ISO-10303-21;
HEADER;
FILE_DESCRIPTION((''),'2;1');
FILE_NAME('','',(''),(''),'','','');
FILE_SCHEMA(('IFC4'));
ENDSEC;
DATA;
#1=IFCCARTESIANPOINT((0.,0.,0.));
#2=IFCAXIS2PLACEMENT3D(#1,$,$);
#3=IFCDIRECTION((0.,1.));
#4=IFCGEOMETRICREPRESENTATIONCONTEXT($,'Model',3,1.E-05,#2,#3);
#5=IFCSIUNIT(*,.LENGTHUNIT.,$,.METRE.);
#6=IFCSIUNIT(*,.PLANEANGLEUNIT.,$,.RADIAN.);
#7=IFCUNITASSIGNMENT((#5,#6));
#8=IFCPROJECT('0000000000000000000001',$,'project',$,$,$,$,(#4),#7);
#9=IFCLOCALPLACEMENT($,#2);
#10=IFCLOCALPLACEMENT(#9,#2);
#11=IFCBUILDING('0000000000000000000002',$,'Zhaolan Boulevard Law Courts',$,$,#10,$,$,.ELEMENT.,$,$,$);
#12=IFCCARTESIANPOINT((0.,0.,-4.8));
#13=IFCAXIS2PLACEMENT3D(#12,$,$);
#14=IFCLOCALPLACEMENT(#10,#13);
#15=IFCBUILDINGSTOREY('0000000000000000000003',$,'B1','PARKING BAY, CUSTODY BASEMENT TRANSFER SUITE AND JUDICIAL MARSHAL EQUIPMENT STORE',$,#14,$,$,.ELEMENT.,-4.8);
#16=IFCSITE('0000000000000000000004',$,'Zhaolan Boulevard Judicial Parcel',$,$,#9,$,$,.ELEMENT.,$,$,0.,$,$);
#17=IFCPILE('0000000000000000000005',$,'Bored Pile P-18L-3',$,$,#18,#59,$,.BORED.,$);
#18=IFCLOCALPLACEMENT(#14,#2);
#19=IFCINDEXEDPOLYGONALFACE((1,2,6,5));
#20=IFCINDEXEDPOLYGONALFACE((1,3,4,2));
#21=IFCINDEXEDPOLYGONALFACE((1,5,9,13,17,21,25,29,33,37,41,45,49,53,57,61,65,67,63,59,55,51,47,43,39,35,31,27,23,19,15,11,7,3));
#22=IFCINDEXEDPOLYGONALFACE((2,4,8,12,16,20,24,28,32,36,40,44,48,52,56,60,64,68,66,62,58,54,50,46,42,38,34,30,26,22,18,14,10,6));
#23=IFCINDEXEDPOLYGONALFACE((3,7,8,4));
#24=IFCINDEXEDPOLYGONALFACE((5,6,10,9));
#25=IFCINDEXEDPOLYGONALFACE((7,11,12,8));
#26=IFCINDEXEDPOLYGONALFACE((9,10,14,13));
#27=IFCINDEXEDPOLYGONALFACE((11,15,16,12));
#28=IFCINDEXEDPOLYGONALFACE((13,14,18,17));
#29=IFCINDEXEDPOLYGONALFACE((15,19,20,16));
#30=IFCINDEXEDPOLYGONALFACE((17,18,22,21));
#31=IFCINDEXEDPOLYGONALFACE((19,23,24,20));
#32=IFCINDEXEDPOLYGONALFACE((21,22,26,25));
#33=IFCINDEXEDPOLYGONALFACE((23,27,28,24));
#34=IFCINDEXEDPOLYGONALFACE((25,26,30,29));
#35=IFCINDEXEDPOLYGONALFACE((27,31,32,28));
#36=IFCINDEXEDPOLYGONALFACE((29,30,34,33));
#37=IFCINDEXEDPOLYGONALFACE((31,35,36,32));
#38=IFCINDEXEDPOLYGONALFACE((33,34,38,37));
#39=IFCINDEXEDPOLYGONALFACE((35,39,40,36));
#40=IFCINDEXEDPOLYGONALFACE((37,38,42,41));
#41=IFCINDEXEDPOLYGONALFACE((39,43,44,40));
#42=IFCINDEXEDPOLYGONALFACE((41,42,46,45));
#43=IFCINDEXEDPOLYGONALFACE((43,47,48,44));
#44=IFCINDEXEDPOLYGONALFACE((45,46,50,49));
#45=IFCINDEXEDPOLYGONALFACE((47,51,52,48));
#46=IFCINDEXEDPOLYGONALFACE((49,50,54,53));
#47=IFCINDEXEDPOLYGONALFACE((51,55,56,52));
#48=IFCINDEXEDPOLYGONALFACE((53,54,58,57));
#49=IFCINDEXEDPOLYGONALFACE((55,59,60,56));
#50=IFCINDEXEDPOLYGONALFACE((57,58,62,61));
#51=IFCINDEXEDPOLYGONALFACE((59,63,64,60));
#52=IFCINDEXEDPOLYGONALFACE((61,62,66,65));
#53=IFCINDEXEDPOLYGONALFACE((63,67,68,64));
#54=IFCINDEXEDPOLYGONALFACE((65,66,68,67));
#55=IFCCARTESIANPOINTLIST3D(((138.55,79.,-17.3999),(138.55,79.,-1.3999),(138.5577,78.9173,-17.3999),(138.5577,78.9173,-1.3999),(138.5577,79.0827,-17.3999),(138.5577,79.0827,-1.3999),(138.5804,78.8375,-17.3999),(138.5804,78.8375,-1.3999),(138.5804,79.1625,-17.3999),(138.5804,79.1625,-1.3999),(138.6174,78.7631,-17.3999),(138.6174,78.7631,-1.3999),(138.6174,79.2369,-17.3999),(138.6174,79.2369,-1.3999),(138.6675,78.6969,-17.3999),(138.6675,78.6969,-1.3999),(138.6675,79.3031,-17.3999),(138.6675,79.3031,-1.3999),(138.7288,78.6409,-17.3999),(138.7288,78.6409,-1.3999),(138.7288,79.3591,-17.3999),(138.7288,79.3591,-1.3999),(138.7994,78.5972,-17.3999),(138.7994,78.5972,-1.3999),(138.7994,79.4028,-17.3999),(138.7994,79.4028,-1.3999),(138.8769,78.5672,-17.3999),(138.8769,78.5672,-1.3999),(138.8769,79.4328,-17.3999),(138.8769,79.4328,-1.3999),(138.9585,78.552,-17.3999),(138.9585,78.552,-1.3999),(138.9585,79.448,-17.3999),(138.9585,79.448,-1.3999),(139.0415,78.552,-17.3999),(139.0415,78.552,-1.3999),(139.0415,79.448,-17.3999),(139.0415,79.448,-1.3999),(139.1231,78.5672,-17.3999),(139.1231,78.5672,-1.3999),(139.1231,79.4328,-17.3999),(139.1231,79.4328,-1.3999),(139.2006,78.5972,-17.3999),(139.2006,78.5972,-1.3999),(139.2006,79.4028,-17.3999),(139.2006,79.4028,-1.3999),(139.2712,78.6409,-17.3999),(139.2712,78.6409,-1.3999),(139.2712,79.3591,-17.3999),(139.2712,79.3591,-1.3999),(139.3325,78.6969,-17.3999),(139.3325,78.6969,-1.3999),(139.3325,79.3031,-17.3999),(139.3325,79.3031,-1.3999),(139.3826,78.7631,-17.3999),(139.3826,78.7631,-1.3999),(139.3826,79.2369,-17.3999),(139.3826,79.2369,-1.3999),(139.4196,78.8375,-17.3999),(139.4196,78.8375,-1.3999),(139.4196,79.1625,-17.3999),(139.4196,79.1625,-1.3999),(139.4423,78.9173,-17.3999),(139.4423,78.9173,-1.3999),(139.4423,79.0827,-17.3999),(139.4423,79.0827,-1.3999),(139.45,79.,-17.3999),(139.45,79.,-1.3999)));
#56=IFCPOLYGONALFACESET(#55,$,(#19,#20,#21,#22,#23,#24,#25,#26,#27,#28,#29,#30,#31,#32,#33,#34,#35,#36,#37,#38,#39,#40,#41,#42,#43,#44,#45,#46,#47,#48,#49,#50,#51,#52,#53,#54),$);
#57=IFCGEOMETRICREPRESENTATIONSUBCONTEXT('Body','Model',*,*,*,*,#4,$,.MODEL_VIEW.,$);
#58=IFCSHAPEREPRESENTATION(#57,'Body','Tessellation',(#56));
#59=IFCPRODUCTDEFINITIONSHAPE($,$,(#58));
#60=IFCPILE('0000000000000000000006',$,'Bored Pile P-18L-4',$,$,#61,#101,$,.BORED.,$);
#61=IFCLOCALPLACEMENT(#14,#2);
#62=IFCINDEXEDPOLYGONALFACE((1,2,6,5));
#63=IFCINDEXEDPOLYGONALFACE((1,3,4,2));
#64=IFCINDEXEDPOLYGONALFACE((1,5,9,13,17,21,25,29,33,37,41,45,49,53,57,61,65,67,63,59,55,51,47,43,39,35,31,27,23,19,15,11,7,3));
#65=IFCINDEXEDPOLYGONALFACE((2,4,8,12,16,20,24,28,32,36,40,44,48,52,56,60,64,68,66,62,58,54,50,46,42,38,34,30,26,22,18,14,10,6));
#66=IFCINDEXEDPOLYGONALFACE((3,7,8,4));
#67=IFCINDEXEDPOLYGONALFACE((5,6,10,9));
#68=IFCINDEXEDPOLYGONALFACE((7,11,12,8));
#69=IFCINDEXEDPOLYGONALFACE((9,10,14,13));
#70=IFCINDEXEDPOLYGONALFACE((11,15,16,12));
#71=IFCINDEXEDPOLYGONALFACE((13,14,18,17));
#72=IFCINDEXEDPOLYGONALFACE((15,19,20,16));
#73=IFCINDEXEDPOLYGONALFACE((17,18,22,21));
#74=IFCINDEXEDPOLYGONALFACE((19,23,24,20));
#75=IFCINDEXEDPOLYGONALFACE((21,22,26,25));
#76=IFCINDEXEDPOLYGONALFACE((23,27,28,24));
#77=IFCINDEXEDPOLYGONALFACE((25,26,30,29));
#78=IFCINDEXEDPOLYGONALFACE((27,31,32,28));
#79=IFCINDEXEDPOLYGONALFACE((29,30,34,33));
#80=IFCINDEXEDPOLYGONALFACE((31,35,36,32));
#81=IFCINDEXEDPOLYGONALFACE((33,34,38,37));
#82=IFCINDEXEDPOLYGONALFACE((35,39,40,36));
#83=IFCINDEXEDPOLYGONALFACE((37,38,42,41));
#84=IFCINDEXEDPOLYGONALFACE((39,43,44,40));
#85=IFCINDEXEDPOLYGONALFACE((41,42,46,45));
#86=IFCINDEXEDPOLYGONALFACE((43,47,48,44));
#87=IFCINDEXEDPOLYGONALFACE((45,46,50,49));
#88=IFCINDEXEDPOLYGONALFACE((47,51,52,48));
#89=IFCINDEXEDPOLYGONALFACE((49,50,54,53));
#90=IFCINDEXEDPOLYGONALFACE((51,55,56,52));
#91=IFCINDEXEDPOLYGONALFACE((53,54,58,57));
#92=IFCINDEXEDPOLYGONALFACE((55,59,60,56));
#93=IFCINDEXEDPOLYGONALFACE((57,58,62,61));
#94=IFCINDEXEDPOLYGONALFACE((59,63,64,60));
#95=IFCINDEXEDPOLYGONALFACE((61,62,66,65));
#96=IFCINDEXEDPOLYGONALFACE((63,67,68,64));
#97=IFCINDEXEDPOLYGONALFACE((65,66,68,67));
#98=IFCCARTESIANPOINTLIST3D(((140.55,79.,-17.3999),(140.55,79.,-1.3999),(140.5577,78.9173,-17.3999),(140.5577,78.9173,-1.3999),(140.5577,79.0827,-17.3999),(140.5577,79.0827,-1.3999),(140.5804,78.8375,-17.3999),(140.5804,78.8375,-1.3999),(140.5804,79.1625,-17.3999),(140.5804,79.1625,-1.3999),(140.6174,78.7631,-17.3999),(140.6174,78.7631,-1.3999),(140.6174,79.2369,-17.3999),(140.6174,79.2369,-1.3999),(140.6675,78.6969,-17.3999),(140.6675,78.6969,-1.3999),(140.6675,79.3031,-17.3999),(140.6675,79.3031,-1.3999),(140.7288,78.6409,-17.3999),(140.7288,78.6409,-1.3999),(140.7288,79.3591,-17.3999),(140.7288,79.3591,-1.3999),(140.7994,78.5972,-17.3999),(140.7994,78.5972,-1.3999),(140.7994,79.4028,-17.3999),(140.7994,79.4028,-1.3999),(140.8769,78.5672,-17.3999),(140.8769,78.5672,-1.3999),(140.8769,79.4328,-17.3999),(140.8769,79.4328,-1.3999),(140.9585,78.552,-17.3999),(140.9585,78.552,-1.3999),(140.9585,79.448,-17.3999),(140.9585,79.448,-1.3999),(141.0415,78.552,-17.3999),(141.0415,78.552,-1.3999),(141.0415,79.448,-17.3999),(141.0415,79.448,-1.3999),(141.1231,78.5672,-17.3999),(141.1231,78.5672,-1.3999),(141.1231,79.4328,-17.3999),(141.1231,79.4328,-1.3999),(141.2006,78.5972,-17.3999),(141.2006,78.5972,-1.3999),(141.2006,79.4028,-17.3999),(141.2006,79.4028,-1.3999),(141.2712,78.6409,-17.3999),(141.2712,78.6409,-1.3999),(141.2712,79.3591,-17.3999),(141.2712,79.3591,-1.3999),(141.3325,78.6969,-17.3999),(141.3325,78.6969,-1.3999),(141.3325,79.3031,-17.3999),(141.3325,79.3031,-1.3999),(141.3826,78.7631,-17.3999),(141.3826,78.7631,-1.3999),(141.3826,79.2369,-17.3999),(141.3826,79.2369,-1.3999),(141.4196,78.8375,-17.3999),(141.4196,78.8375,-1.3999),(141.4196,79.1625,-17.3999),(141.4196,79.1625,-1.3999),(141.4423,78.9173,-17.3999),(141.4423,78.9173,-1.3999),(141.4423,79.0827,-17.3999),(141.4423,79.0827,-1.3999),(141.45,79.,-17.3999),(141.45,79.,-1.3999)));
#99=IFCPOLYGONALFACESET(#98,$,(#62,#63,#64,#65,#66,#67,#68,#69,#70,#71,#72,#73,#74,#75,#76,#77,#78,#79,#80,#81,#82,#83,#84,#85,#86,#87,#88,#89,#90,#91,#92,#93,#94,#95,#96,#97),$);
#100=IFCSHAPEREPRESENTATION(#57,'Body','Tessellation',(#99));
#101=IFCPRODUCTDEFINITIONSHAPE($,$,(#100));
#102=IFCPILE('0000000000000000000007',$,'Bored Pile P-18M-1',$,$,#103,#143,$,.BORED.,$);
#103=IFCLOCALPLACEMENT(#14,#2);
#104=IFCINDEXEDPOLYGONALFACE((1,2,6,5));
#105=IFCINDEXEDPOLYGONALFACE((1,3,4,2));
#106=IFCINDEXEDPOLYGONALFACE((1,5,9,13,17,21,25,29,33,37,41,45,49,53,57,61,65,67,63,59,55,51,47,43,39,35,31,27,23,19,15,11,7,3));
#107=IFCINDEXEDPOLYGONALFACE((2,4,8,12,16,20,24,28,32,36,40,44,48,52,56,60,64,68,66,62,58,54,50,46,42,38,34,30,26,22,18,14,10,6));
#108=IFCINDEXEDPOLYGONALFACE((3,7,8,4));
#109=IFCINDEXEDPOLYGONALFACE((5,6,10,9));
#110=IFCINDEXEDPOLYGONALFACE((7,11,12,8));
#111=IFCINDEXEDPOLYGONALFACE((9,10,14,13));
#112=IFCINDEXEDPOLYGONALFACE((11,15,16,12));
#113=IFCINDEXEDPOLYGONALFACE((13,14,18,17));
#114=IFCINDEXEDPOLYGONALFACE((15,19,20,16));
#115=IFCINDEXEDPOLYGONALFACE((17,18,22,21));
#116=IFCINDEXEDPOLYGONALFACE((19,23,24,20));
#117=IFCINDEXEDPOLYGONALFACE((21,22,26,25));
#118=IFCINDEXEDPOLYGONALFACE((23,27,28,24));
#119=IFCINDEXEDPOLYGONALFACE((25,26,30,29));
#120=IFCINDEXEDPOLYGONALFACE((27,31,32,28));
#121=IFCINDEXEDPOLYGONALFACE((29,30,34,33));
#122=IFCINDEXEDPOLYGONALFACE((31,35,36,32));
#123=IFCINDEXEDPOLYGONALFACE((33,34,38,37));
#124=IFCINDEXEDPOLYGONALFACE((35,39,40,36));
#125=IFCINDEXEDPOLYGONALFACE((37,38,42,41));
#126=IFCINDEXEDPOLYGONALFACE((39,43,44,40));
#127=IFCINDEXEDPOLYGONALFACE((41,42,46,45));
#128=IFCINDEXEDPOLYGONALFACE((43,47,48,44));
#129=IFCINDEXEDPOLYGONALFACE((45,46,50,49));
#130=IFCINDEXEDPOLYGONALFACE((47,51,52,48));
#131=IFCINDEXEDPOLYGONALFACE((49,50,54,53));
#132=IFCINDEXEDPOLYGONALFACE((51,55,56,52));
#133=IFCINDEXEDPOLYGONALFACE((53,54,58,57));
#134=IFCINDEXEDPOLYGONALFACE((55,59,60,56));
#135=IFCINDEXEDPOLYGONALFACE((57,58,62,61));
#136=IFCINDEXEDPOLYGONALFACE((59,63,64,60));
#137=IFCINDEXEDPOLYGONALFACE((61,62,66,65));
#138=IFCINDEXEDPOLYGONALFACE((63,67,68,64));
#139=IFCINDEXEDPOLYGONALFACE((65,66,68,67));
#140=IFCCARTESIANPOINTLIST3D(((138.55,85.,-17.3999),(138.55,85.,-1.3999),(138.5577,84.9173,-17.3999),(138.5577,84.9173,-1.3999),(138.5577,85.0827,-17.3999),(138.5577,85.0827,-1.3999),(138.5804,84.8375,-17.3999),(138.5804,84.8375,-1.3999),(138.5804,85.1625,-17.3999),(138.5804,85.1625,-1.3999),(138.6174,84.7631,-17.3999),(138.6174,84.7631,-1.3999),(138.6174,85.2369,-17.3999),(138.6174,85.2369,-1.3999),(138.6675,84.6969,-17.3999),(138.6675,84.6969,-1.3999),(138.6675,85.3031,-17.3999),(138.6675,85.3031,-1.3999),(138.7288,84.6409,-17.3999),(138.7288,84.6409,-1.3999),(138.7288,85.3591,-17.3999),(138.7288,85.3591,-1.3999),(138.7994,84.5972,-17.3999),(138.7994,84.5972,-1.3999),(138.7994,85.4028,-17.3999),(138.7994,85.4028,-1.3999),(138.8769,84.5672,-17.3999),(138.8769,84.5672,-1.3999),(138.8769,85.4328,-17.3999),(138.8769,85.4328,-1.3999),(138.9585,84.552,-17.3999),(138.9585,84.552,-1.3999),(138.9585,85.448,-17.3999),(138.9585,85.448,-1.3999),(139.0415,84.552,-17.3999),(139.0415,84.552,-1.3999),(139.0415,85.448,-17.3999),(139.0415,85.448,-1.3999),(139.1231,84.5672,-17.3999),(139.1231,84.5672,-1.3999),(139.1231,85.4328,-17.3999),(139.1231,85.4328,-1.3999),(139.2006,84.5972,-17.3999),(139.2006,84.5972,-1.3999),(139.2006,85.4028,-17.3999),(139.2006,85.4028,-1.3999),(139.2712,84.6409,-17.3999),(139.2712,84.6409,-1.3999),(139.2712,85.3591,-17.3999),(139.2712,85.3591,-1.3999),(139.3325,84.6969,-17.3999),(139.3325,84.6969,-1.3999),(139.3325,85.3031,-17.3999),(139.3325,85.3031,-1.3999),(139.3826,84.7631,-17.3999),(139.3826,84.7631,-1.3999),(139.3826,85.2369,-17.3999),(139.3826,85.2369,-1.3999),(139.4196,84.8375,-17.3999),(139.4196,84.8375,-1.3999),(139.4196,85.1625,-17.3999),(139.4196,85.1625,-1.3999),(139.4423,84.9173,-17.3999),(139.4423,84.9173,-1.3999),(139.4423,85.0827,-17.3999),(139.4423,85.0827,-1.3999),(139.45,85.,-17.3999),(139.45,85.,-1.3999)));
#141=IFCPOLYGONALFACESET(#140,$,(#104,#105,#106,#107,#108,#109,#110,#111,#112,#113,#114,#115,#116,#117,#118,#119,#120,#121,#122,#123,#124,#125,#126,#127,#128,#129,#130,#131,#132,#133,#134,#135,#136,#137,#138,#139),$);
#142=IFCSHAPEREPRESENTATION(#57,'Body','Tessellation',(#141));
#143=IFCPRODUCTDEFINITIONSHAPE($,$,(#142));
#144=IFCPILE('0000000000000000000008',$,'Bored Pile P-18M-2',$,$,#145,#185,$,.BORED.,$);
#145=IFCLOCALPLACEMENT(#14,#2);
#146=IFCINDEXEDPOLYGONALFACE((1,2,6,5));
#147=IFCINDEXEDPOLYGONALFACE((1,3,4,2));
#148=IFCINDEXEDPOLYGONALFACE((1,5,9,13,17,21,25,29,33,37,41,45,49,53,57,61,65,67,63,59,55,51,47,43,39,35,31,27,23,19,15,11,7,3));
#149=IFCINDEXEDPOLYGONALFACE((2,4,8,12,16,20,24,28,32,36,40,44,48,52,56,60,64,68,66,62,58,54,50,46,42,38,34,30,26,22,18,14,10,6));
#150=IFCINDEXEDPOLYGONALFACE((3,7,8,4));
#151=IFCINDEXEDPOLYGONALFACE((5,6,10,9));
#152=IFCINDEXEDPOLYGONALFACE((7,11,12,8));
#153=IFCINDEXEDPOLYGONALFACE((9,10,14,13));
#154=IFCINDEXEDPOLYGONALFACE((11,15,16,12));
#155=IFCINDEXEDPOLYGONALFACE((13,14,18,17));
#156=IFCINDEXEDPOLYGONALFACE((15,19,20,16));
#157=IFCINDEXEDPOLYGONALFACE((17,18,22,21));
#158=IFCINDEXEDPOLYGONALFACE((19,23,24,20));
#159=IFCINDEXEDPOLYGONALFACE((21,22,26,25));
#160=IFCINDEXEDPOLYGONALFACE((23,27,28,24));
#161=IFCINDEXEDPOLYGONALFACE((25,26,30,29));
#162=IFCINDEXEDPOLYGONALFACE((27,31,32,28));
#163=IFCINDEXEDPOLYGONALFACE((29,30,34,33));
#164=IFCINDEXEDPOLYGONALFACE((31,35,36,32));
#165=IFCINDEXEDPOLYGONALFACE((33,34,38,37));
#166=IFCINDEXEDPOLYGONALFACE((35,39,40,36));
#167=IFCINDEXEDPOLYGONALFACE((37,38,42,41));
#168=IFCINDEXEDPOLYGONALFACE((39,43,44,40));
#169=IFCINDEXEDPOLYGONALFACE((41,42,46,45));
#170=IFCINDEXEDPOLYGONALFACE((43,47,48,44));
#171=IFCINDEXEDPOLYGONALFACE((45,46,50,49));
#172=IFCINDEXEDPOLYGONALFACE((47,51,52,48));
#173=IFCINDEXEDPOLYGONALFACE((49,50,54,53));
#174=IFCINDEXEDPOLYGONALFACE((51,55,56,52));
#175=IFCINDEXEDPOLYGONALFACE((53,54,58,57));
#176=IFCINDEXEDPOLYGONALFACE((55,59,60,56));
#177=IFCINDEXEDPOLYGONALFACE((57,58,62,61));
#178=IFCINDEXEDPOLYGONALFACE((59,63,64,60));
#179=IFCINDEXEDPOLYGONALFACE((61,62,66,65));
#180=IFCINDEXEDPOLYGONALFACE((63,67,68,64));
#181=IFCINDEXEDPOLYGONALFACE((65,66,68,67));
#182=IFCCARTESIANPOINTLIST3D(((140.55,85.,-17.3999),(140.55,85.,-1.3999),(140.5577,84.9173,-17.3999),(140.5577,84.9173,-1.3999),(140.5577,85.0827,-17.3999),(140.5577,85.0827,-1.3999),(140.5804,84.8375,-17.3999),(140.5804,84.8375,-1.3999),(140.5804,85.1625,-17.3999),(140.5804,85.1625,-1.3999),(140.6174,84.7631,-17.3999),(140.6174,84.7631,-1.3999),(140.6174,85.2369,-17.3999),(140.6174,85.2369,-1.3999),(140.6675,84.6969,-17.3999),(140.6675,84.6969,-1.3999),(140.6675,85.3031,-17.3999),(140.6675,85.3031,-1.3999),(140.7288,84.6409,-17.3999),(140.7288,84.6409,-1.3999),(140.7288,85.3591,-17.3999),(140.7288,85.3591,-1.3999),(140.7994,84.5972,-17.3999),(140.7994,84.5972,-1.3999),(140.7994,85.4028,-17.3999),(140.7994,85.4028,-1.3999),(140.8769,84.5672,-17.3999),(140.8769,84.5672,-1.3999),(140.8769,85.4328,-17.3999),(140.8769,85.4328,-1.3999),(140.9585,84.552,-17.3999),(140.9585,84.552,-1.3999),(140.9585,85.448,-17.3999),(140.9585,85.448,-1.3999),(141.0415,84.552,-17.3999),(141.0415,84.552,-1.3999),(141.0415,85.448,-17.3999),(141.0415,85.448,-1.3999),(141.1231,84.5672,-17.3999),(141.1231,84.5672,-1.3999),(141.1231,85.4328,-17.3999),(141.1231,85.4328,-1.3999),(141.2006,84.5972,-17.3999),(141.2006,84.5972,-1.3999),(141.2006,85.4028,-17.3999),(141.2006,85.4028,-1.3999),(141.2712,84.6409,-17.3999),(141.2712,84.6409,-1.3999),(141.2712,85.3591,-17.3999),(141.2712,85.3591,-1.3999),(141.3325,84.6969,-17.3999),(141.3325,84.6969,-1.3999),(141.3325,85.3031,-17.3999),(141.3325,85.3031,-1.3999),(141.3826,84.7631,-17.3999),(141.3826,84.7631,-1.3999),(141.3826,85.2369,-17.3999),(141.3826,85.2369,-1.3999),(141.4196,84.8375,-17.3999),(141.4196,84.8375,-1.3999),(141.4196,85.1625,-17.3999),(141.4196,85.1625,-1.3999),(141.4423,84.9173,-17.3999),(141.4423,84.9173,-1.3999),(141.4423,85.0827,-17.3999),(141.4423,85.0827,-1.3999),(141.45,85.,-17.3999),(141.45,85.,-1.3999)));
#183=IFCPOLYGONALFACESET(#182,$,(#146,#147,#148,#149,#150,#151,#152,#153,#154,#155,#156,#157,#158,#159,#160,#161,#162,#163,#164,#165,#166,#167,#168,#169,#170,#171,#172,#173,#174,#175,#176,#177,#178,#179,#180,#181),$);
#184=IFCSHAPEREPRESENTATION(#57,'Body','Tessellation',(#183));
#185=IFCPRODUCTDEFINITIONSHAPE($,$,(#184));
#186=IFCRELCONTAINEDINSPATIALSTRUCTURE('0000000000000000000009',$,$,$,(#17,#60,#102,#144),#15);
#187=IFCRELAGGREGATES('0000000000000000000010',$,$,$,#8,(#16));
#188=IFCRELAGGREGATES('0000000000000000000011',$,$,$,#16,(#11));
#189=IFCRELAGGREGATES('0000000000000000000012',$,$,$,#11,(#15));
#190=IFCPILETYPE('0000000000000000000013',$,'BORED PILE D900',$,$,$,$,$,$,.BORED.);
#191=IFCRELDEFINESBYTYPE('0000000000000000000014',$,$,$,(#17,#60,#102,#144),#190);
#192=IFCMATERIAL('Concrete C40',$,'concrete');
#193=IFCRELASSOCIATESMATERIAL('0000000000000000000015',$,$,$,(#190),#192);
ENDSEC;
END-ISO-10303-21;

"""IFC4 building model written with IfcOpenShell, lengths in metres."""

from ifc_helpers import new_model, si_unit, direction, frame, origin, origin_2d, place, context, subcontext, project, spatial, circle, extrude, material, material_profile, profile_set, type_object, element, save


model = new_model("IFC4")

# Units and contexts
model_context = context("Model", 3, precision=1e-05, world=origin(), true_north=direction((0.0, 1.0)))
body_context = subcontext(model_context, "Body", "Model", "MODEL_VIEW")
ifc_project = project(units=[si_unit("LENGTHUNIT", "METRE"), si_unit("PLANEANGLEUNIT", "RADIAN")], contexts=[model_context])

# Site, building, storey
site_placement = place(None, origin())
site = spatial("IfcSite", under=ifc_project, at=site_placement, Name="Zhaolan Boulevard Judicial Parcel", CompositionType="ELEMENT", RefElevation=0.0)
building_placement = place(site_placement, origin())
building = spatial("IfcBuilding", under=site, at=building_placement, Name="Zhaolan Boulevard Law Courts", CompositionType="ELEMENT")
storey_placement = place(building_placement, frame((0.0, 0.0, -4.8)))
storey = spatial("IfcBuildingStorey", under=building, at=storey_placement, Name="B1", Description="PARKING BAY, CUSTODY BASEMENT TRANSFER SUITE AND JUDICIAL MARSHAL EQUIPMENT STORE", CompositionType="ELEMENT", Elevation=-4.8)

# Piles
ifc_material_1 = material(Name="Concrete C40", Category="concrete")
ifc_material_profile_1 = material_profile(ifc_material_1, circle(Radius=0.45, at=origin_2d()), Name="PILE-D900")
ifc_profile_set_1 = profile_set([ifc_material_profile_1], Name="Concrete C40")
pile_type = type_object("IfcPileType", Name="BORED PILE D900", PredefinedType="BORED", material=ifc_profile_set_1)
for number, where, z_axis, x_axis, name in (
    (1, (139.0, 79.0, -1.3999), (0.0, 0.0, -1.0), (1.0, 0.0, 0.0), "Bored Pile P-18L-3"),
    (2, (141.0, 79.0, -1.3999), (0.0, 0.0, -1.0), (1.0, 0.0, 0.0), "Bored Pile P-18L-4"),
    (3, (139.0, 85.0, -1.3999), (0.0, 0.0, -1.0), (1.0, 0.0, 0.0), "Bored Pile P-18M-1"),
    (4, (141.0, 85.0, -1.3999), (0.0, 0.0, -1.0), (1.0, 0.0, 0.0), "Bored Pile P-18M-2"),
):
    element("IfcPile", number, at=place(storey_placement, frame(where, z_axis=z_axis, x_axis=x_axis)), inside=storey, type_object=pile_type, Name=name, PredefinedType="BORED", context=body_context, shape_type="SweptSolid", body=[
        extrude(circle(Radius=0.45, at=origin_2d()), origin(), (0.0, 0.0, 1.0), 16.0),
    ])

save(model, "model.ifc")
